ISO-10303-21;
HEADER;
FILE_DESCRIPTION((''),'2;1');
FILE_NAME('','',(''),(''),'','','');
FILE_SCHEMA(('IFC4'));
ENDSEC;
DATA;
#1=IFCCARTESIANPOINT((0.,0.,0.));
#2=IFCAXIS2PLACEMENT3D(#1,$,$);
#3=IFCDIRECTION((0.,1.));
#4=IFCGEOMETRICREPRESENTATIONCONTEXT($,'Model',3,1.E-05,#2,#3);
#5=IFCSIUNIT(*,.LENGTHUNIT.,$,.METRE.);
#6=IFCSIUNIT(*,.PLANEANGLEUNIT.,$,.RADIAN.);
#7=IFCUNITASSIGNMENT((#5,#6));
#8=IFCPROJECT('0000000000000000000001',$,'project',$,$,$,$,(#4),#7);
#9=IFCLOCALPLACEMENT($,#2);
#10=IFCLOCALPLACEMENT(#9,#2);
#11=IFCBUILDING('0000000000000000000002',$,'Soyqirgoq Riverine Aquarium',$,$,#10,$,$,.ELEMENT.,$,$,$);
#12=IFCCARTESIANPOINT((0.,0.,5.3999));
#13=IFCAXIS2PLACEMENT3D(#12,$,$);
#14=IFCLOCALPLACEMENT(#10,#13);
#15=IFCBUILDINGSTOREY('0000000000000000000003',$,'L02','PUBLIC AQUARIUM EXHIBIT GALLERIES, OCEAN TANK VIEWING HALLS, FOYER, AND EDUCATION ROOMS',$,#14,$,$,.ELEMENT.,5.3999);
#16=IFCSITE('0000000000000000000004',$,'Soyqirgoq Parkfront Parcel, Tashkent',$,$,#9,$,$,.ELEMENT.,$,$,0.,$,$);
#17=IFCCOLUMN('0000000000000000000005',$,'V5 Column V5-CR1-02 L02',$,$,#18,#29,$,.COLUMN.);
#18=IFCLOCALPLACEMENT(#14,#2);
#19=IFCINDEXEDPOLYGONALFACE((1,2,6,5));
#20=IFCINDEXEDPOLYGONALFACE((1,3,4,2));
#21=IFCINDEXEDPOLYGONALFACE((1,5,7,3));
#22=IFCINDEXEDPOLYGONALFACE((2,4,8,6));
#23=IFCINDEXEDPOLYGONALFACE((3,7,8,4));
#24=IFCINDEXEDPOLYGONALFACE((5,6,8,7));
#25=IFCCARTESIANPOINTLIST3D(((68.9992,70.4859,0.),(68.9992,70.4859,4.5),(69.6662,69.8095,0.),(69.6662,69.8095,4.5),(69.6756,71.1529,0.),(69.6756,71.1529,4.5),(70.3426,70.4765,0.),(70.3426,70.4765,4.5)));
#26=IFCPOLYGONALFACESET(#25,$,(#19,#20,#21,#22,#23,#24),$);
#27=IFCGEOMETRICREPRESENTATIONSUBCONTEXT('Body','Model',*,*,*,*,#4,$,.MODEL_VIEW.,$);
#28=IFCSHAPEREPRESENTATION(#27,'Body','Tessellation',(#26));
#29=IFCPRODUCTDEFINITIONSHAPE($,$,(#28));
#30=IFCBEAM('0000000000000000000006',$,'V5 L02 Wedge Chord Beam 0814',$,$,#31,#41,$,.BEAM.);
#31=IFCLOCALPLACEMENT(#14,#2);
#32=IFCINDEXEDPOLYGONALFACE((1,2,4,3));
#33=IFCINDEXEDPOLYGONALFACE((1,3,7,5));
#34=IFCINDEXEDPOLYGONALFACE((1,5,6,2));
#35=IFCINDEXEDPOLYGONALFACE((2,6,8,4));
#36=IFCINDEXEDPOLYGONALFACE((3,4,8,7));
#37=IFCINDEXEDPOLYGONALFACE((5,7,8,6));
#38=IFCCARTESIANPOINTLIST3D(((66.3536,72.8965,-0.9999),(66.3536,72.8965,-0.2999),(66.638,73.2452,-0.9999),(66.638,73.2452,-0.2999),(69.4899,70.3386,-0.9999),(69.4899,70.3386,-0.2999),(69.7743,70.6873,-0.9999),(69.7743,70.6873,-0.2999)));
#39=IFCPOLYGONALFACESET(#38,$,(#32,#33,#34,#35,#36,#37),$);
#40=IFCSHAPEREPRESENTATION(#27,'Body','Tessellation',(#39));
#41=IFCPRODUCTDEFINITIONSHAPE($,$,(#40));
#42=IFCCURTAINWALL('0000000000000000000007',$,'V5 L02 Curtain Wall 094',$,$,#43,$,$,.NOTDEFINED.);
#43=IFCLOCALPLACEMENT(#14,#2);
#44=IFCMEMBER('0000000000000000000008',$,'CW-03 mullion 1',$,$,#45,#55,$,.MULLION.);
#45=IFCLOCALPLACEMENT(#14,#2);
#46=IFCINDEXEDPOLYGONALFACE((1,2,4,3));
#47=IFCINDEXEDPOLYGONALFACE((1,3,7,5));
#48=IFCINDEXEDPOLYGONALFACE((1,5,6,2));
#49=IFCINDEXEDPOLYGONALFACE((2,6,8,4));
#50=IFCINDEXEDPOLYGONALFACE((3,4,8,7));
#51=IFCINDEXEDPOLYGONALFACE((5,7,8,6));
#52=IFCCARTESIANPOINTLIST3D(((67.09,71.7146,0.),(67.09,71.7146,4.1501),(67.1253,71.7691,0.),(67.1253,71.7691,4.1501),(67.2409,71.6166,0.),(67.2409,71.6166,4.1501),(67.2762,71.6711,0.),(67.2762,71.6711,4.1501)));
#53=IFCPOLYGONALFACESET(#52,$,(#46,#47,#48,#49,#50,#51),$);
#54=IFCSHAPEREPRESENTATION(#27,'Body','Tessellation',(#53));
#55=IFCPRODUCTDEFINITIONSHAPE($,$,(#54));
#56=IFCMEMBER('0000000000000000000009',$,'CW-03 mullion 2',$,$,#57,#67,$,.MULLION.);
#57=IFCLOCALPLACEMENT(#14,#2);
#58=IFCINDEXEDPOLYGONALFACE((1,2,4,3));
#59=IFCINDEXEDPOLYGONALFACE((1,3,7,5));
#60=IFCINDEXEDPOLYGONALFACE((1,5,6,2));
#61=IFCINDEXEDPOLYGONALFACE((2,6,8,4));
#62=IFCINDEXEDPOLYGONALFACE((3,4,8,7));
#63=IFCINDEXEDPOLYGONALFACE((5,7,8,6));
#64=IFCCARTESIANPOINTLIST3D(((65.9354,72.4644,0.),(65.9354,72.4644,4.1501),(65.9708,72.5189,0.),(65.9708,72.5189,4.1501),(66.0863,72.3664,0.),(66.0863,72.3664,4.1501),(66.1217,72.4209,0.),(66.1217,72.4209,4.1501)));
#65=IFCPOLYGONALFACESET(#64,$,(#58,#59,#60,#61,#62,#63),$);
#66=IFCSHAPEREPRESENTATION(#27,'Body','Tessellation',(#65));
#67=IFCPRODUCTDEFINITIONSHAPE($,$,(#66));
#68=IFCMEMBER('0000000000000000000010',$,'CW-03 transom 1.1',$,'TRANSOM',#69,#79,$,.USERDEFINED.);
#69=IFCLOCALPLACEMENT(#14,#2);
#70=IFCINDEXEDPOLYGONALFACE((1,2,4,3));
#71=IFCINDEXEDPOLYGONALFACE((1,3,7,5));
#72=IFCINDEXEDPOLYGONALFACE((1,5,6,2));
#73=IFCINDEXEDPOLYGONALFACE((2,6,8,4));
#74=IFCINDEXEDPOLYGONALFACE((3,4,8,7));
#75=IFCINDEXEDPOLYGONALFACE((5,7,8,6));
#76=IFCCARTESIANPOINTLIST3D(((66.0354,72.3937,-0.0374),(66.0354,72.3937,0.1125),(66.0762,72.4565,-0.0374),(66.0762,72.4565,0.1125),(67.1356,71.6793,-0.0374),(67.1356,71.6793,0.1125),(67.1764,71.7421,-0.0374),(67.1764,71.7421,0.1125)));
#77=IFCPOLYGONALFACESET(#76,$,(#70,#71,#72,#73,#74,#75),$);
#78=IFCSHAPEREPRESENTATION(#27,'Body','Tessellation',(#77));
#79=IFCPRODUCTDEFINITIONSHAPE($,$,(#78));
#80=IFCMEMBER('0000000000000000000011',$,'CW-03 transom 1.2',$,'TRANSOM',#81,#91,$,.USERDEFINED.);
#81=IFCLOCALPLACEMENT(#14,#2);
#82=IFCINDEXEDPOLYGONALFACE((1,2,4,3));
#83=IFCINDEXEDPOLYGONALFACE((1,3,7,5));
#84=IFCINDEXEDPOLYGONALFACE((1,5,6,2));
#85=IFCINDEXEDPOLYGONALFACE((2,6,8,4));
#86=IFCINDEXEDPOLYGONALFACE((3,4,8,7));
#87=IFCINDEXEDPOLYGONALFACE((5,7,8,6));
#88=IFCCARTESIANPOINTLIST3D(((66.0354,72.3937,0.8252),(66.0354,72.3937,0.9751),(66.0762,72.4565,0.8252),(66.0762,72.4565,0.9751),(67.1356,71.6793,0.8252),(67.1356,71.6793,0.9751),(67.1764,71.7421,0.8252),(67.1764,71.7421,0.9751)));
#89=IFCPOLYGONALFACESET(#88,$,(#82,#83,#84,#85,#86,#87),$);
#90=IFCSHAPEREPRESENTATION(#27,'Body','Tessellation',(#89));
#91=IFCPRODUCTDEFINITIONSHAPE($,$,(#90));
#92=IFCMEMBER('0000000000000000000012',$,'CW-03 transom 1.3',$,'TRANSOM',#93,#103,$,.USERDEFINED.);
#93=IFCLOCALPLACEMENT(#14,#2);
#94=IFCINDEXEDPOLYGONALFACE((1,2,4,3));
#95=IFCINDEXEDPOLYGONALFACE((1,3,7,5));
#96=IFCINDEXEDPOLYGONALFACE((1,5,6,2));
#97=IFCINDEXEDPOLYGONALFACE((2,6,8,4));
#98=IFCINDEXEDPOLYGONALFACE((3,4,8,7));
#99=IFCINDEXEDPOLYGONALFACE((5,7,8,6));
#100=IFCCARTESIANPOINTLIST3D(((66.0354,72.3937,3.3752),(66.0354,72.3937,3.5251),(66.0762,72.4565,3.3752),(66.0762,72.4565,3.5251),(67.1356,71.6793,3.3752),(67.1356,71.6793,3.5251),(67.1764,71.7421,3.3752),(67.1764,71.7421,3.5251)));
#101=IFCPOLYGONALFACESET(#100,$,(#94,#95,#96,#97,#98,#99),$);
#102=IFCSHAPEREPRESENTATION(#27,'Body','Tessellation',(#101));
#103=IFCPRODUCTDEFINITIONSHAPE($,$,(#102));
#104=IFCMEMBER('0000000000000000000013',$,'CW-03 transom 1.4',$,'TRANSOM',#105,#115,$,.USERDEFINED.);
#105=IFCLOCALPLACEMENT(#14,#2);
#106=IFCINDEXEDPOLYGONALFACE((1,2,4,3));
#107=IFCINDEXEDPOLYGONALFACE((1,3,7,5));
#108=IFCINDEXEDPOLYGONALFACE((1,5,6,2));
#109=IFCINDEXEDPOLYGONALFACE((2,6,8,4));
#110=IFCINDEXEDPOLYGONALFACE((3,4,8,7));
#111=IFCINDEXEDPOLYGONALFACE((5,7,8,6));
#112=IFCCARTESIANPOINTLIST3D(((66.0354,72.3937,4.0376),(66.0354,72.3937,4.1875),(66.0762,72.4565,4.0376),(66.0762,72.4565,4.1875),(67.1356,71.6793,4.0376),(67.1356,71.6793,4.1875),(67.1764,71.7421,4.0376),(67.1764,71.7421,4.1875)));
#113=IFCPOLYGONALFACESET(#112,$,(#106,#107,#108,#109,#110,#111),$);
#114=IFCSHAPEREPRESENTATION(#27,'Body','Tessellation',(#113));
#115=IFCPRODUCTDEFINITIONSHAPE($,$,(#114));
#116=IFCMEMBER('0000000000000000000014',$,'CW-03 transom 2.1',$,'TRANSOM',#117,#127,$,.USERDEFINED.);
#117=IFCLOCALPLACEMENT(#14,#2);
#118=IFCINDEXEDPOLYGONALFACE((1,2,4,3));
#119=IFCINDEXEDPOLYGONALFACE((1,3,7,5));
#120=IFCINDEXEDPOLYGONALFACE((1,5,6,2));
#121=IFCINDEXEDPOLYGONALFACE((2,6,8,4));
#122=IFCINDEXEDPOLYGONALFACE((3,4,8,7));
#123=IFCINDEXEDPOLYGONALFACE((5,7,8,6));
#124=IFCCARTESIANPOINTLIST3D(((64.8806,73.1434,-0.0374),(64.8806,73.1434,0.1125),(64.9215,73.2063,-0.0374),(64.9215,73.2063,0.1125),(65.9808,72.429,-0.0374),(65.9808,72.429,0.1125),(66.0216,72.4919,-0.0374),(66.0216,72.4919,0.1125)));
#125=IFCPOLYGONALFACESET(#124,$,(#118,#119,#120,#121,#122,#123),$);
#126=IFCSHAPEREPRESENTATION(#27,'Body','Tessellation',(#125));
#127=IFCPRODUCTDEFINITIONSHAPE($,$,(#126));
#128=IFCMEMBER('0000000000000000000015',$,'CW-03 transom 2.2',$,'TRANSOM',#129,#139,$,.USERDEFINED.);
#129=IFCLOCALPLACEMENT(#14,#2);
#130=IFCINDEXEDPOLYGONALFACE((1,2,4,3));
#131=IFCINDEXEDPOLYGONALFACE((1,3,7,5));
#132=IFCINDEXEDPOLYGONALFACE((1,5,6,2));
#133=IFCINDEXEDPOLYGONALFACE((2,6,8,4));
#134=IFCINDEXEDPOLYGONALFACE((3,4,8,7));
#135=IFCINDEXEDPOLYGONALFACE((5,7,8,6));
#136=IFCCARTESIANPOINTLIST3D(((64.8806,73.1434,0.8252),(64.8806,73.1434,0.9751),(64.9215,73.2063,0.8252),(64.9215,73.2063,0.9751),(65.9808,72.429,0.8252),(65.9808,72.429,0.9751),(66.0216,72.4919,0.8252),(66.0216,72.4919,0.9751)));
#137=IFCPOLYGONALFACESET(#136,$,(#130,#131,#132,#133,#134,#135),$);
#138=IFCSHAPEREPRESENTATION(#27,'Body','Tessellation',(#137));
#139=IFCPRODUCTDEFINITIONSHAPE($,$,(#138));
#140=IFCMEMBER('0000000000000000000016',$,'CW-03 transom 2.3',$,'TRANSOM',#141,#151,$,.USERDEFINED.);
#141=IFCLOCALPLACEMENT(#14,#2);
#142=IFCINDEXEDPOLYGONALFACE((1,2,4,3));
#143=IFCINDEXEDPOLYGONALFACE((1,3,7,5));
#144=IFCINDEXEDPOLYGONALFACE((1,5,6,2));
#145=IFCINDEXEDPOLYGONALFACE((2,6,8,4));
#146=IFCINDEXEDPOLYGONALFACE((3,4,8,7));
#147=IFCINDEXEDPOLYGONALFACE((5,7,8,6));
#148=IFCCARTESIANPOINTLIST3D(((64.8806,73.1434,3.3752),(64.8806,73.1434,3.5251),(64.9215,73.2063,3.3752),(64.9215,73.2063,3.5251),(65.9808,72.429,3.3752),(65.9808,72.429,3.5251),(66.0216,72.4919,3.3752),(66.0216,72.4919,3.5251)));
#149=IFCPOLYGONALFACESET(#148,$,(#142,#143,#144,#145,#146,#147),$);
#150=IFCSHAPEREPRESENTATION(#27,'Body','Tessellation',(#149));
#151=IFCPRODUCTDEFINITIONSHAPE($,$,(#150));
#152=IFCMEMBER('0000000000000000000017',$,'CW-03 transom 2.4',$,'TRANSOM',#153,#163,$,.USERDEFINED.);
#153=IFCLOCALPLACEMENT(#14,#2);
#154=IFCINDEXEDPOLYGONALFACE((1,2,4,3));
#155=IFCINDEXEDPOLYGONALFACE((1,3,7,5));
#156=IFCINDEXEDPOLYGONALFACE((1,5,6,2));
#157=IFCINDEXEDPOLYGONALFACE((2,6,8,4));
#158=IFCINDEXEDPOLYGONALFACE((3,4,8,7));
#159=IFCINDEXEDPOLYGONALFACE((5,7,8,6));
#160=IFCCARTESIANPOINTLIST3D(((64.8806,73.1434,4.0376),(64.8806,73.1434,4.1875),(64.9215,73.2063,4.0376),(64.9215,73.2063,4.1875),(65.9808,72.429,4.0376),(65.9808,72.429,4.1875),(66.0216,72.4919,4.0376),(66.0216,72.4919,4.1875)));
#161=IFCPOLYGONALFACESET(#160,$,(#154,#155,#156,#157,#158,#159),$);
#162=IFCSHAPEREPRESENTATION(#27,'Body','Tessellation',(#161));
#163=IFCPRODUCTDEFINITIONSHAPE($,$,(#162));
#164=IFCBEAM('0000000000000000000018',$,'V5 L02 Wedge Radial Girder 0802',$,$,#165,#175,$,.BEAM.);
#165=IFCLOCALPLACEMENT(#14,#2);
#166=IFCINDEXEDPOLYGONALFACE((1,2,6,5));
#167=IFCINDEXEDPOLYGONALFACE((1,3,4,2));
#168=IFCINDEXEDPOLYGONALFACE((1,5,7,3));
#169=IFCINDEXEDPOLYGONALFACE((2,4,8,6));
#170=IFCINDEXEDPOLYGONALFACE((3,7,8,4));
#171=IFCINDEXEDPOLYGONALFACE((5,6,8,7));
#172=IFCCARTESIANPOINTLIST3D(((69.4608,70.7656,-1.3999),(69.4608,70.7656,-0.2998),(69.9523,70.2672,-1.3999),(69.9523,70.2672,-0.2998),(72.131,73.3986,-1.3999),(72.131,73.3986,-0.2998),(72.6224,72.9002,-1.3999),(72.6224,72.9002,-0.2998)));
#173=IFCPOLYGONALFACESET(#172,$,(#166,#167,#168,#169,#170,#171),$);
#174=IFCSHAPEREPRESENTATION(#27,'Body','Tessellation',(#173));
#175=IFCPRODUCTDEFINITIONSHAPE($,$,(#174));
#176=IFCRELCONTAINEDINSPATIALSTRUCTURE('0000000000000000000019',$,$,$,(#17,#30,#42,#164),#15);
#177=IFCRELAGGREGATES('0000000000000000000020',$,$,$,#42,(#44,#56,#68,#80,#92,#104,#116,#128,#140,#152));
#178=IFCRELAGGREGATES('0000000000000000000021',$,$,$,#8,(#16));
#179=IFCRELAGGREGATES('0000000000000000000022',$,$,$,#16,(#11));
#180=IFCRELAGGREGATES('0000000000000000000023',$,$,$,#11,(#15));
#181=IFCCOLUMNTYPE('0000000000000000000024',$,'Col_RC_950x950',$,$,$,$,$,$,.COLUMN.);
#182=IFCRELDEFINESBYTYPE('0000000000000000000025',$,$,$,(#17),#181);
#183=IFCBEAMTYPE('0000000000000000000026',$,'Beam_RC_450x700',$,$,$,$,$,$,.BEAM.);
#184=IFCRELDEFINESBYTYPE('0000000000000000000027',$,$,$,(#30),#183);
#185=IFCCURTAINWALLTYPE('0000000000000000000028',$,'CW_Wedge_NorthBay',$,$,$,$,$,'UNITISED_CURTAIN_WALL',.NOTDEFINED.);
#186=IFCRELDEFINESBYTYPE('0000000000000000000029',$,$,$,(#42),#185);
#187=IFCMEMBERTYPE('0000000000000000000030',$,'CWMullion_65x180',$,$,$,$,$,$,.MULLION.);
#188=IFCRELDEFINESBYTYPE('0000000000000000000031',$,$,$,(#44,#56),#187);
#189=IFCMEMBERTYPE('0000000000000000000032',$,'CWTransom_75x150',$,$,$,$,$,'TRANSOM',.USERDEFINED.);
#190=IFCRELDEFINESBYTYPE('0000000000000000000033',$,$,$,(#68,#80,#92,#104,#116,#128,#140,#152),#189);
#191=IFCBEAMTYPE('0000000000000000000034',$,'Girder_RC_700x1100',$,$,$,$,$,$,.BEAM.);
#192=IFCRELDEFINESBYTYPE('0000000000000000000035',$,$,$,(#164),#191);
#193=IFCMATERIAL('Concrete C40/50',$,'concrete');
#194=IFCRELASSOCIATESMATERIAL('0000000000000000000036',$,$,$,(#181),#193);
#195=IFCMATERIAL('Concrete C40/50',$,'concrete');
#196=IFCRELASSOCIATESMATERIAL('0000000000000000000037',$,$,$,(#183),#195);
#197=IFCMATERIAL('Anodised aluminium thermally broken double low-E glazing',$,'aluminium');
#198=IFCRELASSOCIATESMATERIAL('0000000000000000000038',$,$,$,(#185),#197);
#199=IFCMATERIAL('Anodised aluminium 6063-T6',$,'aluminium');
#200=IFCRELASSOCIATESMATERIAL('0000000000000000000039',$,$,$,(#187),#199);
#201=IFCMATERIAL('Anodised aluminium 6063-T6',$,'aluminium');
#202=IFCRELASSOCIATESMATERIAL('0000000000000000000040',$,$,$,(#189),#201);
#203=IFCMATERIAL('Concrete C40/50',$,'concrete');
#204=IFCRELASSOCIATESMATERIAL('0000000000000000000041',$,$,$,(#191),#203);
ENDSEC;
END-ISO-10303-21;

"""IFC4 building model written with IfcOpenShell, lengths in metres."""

from ifc_helpers import new_model, si_unit, direction, frame, origin, origin_2d, place, context, subcontext, project, spatial, rectangle, extrude, material, material_profile, profile_set, type_object, element, aggregate, save


model = new_model("IFC4")

# Units and contexts
model_context = context("Model", 3, precision=1e-05, world=origin(), true_north=direction((0.0, 1.0)))
body_context = subcontext(model_context, "Body", "Model", "MODEL_VIEW")
ifc_project = project(units=[si_unit("LENGTHUNIT", "METRE"), si_unit("PLANEANGLEUNIT", "RADIAN")], contexts=[model_context])

# Site, building, storey
site_placement = place(None, origin())
site = spatial("IfcSite", under=ifc_project, at=site_placement, Name="Soyqirgoq Parkfront Parcel, Tashkent", CompositionType="ELEMENT", RefElevation=0.0)
building_placement = place(site_placement, origin())
building = spatial("IfcBuilding", under=site, at=building_placement, Name="Soyqirgoq Riverine Aquarium", CompositionType="ELEMENT")
storey_placement = place(building_placement, frame((0.0, 0.0, 5.3999)))
storey = spatial("IfcBuildingStorey", under=building, at=storey_placement, Name="L02", Description="PUBLIC AQUARIUM EXHIBIT GALLERIES, OCEAN TANK VIEWING HALLS, FOYER, AND EDUCATION ROOMS", CompositionType="ELEMENT", Elevation=5.3999)

# Column
ifc_material_1 = material(Name="Concrete C40/50", Category="concrete")
ifc_material_profile_1 = material_profile(ifc_material_1, rectangle(XDim=0.95, YDim=0.95, at=origin_2d()), Name="RC 950x950")
ifc_profile_set_1 = profile_set([ifc_material_profile_1], Name="Concrete C40/50")
column_type_1 = type_object("IfcColumnType", Name="Col_RC_950x950", PredefinedType="COLUMN", material=ifc_profile_set_1)
column_1_placement = place(storey_placement, frame((69.6709, 70.4812, 0.0), z_axis=(0.0, 0.0, 1.0), x_axis=(0.712026, 0.702153, 0.0)))
element("IfcColumn", 1, at=column_1_placement, inside=storey, type_object=column_type_1, Name="V5 Column V5-CR1-02 L02", PredefinedType="COLUMN", context=body_context, shape_type="SweptSolid", body=[
    extrude(rectangle(XDim=0.95, YDim=0.95, at=origin_2d()), origin(), (0.0, 0.0, 1.0), 4.5),
])

# Beam
ifc_material_2 = material(Name="Concrete C40/50", Category="concrete")
ifc_material_profile_2 = material_profile(ifc_material_2, rectangle(XDim=0.45, YDim=0.7, at=origin_2d()), Name="RC 450x700")
ifc_profile_set_2 = profile_set([ifc_material_profile_2], Name="Concrete C40/50")
beam_type_1 = type_object("IfcBeamType", Name="Beam_RC_450x700", PredefinedType="BEAM", material=ifc_profile_set_2)
beam_1_placement = place(storey_placement, frame((69.6321, 70.5129, -0.6499), z_axis=(-0.774943, 0.632031, 0.0), x_axis=(-0.632031, -0.774943, 0.0)))
element("IfcBeam", 2, at=beam_1_placement, inside=storey, type_object=beam_type_1, Name="V5 L02 Wedge Chord Beam 0814", PredefinedType="BEAM", context=body_context, shape_type="SweptSolid", body=[
    extrude(rectangle(XDim=0.45, YDim=0.7, at=origin_2d()), origin(), (0.0, 0.0, 1.0), 4.0471),
])

# Curtain wall, members
ifc_material_3 = material(Name="Anodised aluminium thermally broken double low-E glazing", Category="aluminium")
curtain_wall_type = type_object("IfcCurtainWallType", Name="CW_Wedge_NorthBay", ElementType="UNITISED_CURTAIN_WALL", PredefinedType="NOTDEFINED", material=ifc_material_3)
curtain_wall_placement = place(storey_placement, origin())
curtain_wall = element("IfcCurtainWall", 3, at=curtain_wall_placement, inside=storey, type_object=curtain_wall_type, Name="V5 L02 Curtain Wall 094", PredefinedType="NOTDEFINED")
ifc_material_4 = material(Name="Anodised aluminium 6063-T6", Category="aluminium")
ifc_material_profile_3 = material_profile(ifc_material_4, rectangle(XDim=0.0649, YDim=0.1799, at=origin_2d()), Name="ALU-M 65x180")
ifc_profile_set_3 = profile_set([ifc_material_profile_3], Name="Anodised aluminium 6063-T6")
member_type_1 = type_object("IfcMemberType", Name="CWMullion_65x180", PredefinedType="MULLION", material=ifc_profile_set_3)
member_1_placement = place(storey_placement, frame((67.1831, 71.6929, 0.0), z_axis=(0.0, 0.0, 1.0), x_axis=(-0.544613, -0.838688, 0.0)))
member_1 = element("IfcMember", 4, at=member_1_placement, type_object=member_type_1, Name="CW-03 mullion 1", PredefinedType="MULLION", context=body_context, shape_type="SweptSolid", body=[
    extrude(rectangle(XDim=0.0649, YDim=0.1799, at=origin_2d()), origin(), (0.0, 0.0, 1.0), 4.1501),
])
member_2_placement = place(storey_placement, frame((66.0286, 72.4426, 0.0), z_axis=(0.0, 0.0, 1.0), x_axis=(-0.544613, -0.838688, 0.0)))
member_2 = element("IfcMember", 5, at=member_2_placement, type_object=member_type_1, Name="CW-03 mullion 2", PredefinedType="MULLION", context=body_context, shape_type="SweptSolid", body=[
    extrude(rectangle(XDim=0.0649, YDim=0.1799, at=origin_2d()), origin(), (0.0, 0.0, 1.0), 4.1501),
])
ifc_material_5 = material(Name="Anodised aluminium 6063-T6", Category="aluminium")
ifc_material_profile_4 = material_profile(ifc_material_5, rectangle(XDim=0.075, YDim=0.1499, at=origin_2d()), Name="ALU-T 75x150")
ifc_profile_set_4 = profile_set([ifc_material_profile_4], Name="Anodised aluminium 6063-T6")
member_type_2 = type_object("IfcMemberType", Name="CWTransom_75x150", ElementType="TRANSOM", PredefinedType="USERDEFINED", material=ifc_profile_set_4)
member_3_placement = place(storey_placement, frame((67.156, 71.7107, 0.0376), z_axis=(-0.83869, 0.544609, 0.0), x_axis=(-0.544609, -0.83869, 0.0)))
member_3 = element("IfcMember", 6, at=member_3_placement, type_object=member_type_2, Name="CW-03 transom 1.1", ObjectType="TRANSOM", PredefinedType="USERDEFINED", context=body_context, shape_type="SweptSolid", body=[
    extrude(rectangle(XDim=0.075, YDim=0.1499, at=origin_2d()), origin(), (0.0, 0.0, 1.0), 1.3118),
])
member_4_placement = place(storey_placement, frame((67.156, 71.7107, 0.9001), z_axis=(-0.83869, 0.544609, 0.0), x_axis=(-0.544609, -0.83869, 0.0)))
member_4 = element("IfcMember", 7, at=member_4_placement, type_object=member_type_2, Name="CW-03 transom 1.2", ObjectType="TRANSOM", PredefinedType="USERDEFINED", context=body_context, shape_type="SweptSolid", body=[
    extrude(rectangle(XDim=0.075, YDim=0.1499, at=origin_2d()), origin(), (0.0, 0.0, 1.0), 1.3118),
])
member_5_placement = place(storey_placement, frame((67.156, 71.7107, 3.4502), z_axis=(-0.83869, 0.544609, 0.0), x_axis=(-0.544609, -0.83869, 0.0)))
member_5 = element("IfcMember", 8, at=member_5_placement, type_object=member_type_2, Name="CW-03 transom 1.3", ObjectType="TRANSOM", PredefinedType="USERDEFINED", context=body_context, shape_type="SweptSolid", body=[
    extrude(rectangle(XDim=0.075, YDim=0.1499, at=origin_2d()), origin(), (0.0, 0.0, 1.0), 1.3118),
])
member_6_placement = place(storey_placement, frame((67.156, 71.7107, 4.1125), z_axis=(-0.83869, 0.544609, 0.0), x_axis=(-0.544609, -0.83869, 0.0)))
member_6 = element("IfcMember", 9, at=member_6_placement, type_object=member_type_2, Name="CW-03 transom 1.4", ObjectType="TRANSOM", PredefinedType="USERDEFINED", context=body_context, shape_type="SweptSolid", body=[
    extrude(rectangle(XDim=0.075, YDim=0.1499, at=origin_2d()), origin(), (0.0, 0.0, 1.0), 1.3118),
])
member_7_placement = place(storey_placement, frame((66.0012, 72.4604, 0.0376), z_axis=(-0.83869, 0.544609, 0.0), x_axis=(-0.544609, -0.83869, 0.0)))
member_7 = element("IfcMember", 10, at=member_7_placement, type_object=member_type_2, Name="CW-03 transom 2.1", ObjectType="TRANSOM", PredefinedType="USERDEFINED", context=body_context, shape_type="SweptSolid", body=[
    extrude(rectangle(XDim=0.075, YDim=0.1499, at=origin_2d()), origin(), (0.0, 0.0, 1.0), 1.3118),
])
member_8_placement = place(storey_placement, frame((66.0012, 72.4604, 0.9001), z_axis=(-0.83869, 0.544609, 0.0), x_axis=(-0.544609, -0.83869, 0.0)))
member_8 = element("IfcMember", 11, at=member_8_placement, type_object=member_type_2, Name="CW-03 transom 2.2", ObjectType="TRANSOM", PredefinedType="USERDEFINED", context=body_context, shape_type="SweptSolid", body=[
    extrude(rectangle(XDim=0.075, YDim=0.1499, at=origin_2d()), origin(), (0.0, 0.0, 1.0), 1.3118),
])
member_9_placement = place(storey_placement, frame((66.0012, 72.4604, 3.4502), z_axis=(-0.83869, 0.544609, 0.0), x_axis=(-0.544609, -0.83869, 0.0)))
member_9 = element("IfcMember", 12, at=member_9_placement, type_object=member_type_2, Name="CW-03 transom 2.3", ObjectType="TRANSOM", PredefinedType="USERDEFINED", context=body_context, shape_type="SweptSolid", body=[
    extrude(rectangle(XDim=0.075, YDim=0.1499, at=origin_2d()), origin(), (0.0, 0.0, 1.0), 1.3118),
])
member_10_placement = place(storey_placement, frame((66.0012, 72.4604, 4.1125), z_axis=(-0.83869, 0.544609, 0.0), x_axis=(-0.544609, -0.83869, 0.0)))
member_10 = element("IfcMember", 13, at=member_10_placement, type_object=member_type_2, Name="CW-03 transom 2.4", ObjectType="TRANSOM", PredefinedType="USERDEFINED", context=body_context, shape_type="SweptSolid", body=[
    extrude(rectangle(XDim=0.075, YDim=0.1499, at=origin_2d()), origin(), (0.0, 0.0, 1.0), 1.3118),
])

# Beam
ifc_material_6 = material(Name="Concrete C40/50", Category="concrete")
ifc_material_profile_5 = material_profile(ifc_material_6, rectangle(XDim=0.7, YDim=1.1001, at=origin_2d()), Name="RC 700x1100")
ifc_profile_set_5 = profile_set([ifc_material_profile_5], Name="Concrete C40/50")
beam_type_2 = type_object("IfcBeamType", Name="Girder_RC_700x1100", PredefinedType="BEAM", material=ifc_profile_set_5)
beam_2_placement = place(storey_placement, frame((69.7065, 70.5164, -0.8499), z_axis=(0.712037, 0.702142, 0.0), x_axis=(-0.702142, 0.712037, 0.0)))
element("IfcBeam", 14, at=beam_2_placement, inside=storey, type_object=beam_type_2, Name="V5 L02 Wedge Radial Girder 0802", PredefinedType="BEAM", context=body_context, shape_type="SweptSolid", body=[
    extrude(rectangle(XDim=0.7, YDim=1.1001, at=origin_2d()), origin(), (0.0, 0.0, 1.0), 3.75),
])

aggregate(curtain_wall, [member_1, member_2, member_3, member_4, member_5, member_6, member_7, member_8, member_9, member_10])

save(model, "model.ifc")
